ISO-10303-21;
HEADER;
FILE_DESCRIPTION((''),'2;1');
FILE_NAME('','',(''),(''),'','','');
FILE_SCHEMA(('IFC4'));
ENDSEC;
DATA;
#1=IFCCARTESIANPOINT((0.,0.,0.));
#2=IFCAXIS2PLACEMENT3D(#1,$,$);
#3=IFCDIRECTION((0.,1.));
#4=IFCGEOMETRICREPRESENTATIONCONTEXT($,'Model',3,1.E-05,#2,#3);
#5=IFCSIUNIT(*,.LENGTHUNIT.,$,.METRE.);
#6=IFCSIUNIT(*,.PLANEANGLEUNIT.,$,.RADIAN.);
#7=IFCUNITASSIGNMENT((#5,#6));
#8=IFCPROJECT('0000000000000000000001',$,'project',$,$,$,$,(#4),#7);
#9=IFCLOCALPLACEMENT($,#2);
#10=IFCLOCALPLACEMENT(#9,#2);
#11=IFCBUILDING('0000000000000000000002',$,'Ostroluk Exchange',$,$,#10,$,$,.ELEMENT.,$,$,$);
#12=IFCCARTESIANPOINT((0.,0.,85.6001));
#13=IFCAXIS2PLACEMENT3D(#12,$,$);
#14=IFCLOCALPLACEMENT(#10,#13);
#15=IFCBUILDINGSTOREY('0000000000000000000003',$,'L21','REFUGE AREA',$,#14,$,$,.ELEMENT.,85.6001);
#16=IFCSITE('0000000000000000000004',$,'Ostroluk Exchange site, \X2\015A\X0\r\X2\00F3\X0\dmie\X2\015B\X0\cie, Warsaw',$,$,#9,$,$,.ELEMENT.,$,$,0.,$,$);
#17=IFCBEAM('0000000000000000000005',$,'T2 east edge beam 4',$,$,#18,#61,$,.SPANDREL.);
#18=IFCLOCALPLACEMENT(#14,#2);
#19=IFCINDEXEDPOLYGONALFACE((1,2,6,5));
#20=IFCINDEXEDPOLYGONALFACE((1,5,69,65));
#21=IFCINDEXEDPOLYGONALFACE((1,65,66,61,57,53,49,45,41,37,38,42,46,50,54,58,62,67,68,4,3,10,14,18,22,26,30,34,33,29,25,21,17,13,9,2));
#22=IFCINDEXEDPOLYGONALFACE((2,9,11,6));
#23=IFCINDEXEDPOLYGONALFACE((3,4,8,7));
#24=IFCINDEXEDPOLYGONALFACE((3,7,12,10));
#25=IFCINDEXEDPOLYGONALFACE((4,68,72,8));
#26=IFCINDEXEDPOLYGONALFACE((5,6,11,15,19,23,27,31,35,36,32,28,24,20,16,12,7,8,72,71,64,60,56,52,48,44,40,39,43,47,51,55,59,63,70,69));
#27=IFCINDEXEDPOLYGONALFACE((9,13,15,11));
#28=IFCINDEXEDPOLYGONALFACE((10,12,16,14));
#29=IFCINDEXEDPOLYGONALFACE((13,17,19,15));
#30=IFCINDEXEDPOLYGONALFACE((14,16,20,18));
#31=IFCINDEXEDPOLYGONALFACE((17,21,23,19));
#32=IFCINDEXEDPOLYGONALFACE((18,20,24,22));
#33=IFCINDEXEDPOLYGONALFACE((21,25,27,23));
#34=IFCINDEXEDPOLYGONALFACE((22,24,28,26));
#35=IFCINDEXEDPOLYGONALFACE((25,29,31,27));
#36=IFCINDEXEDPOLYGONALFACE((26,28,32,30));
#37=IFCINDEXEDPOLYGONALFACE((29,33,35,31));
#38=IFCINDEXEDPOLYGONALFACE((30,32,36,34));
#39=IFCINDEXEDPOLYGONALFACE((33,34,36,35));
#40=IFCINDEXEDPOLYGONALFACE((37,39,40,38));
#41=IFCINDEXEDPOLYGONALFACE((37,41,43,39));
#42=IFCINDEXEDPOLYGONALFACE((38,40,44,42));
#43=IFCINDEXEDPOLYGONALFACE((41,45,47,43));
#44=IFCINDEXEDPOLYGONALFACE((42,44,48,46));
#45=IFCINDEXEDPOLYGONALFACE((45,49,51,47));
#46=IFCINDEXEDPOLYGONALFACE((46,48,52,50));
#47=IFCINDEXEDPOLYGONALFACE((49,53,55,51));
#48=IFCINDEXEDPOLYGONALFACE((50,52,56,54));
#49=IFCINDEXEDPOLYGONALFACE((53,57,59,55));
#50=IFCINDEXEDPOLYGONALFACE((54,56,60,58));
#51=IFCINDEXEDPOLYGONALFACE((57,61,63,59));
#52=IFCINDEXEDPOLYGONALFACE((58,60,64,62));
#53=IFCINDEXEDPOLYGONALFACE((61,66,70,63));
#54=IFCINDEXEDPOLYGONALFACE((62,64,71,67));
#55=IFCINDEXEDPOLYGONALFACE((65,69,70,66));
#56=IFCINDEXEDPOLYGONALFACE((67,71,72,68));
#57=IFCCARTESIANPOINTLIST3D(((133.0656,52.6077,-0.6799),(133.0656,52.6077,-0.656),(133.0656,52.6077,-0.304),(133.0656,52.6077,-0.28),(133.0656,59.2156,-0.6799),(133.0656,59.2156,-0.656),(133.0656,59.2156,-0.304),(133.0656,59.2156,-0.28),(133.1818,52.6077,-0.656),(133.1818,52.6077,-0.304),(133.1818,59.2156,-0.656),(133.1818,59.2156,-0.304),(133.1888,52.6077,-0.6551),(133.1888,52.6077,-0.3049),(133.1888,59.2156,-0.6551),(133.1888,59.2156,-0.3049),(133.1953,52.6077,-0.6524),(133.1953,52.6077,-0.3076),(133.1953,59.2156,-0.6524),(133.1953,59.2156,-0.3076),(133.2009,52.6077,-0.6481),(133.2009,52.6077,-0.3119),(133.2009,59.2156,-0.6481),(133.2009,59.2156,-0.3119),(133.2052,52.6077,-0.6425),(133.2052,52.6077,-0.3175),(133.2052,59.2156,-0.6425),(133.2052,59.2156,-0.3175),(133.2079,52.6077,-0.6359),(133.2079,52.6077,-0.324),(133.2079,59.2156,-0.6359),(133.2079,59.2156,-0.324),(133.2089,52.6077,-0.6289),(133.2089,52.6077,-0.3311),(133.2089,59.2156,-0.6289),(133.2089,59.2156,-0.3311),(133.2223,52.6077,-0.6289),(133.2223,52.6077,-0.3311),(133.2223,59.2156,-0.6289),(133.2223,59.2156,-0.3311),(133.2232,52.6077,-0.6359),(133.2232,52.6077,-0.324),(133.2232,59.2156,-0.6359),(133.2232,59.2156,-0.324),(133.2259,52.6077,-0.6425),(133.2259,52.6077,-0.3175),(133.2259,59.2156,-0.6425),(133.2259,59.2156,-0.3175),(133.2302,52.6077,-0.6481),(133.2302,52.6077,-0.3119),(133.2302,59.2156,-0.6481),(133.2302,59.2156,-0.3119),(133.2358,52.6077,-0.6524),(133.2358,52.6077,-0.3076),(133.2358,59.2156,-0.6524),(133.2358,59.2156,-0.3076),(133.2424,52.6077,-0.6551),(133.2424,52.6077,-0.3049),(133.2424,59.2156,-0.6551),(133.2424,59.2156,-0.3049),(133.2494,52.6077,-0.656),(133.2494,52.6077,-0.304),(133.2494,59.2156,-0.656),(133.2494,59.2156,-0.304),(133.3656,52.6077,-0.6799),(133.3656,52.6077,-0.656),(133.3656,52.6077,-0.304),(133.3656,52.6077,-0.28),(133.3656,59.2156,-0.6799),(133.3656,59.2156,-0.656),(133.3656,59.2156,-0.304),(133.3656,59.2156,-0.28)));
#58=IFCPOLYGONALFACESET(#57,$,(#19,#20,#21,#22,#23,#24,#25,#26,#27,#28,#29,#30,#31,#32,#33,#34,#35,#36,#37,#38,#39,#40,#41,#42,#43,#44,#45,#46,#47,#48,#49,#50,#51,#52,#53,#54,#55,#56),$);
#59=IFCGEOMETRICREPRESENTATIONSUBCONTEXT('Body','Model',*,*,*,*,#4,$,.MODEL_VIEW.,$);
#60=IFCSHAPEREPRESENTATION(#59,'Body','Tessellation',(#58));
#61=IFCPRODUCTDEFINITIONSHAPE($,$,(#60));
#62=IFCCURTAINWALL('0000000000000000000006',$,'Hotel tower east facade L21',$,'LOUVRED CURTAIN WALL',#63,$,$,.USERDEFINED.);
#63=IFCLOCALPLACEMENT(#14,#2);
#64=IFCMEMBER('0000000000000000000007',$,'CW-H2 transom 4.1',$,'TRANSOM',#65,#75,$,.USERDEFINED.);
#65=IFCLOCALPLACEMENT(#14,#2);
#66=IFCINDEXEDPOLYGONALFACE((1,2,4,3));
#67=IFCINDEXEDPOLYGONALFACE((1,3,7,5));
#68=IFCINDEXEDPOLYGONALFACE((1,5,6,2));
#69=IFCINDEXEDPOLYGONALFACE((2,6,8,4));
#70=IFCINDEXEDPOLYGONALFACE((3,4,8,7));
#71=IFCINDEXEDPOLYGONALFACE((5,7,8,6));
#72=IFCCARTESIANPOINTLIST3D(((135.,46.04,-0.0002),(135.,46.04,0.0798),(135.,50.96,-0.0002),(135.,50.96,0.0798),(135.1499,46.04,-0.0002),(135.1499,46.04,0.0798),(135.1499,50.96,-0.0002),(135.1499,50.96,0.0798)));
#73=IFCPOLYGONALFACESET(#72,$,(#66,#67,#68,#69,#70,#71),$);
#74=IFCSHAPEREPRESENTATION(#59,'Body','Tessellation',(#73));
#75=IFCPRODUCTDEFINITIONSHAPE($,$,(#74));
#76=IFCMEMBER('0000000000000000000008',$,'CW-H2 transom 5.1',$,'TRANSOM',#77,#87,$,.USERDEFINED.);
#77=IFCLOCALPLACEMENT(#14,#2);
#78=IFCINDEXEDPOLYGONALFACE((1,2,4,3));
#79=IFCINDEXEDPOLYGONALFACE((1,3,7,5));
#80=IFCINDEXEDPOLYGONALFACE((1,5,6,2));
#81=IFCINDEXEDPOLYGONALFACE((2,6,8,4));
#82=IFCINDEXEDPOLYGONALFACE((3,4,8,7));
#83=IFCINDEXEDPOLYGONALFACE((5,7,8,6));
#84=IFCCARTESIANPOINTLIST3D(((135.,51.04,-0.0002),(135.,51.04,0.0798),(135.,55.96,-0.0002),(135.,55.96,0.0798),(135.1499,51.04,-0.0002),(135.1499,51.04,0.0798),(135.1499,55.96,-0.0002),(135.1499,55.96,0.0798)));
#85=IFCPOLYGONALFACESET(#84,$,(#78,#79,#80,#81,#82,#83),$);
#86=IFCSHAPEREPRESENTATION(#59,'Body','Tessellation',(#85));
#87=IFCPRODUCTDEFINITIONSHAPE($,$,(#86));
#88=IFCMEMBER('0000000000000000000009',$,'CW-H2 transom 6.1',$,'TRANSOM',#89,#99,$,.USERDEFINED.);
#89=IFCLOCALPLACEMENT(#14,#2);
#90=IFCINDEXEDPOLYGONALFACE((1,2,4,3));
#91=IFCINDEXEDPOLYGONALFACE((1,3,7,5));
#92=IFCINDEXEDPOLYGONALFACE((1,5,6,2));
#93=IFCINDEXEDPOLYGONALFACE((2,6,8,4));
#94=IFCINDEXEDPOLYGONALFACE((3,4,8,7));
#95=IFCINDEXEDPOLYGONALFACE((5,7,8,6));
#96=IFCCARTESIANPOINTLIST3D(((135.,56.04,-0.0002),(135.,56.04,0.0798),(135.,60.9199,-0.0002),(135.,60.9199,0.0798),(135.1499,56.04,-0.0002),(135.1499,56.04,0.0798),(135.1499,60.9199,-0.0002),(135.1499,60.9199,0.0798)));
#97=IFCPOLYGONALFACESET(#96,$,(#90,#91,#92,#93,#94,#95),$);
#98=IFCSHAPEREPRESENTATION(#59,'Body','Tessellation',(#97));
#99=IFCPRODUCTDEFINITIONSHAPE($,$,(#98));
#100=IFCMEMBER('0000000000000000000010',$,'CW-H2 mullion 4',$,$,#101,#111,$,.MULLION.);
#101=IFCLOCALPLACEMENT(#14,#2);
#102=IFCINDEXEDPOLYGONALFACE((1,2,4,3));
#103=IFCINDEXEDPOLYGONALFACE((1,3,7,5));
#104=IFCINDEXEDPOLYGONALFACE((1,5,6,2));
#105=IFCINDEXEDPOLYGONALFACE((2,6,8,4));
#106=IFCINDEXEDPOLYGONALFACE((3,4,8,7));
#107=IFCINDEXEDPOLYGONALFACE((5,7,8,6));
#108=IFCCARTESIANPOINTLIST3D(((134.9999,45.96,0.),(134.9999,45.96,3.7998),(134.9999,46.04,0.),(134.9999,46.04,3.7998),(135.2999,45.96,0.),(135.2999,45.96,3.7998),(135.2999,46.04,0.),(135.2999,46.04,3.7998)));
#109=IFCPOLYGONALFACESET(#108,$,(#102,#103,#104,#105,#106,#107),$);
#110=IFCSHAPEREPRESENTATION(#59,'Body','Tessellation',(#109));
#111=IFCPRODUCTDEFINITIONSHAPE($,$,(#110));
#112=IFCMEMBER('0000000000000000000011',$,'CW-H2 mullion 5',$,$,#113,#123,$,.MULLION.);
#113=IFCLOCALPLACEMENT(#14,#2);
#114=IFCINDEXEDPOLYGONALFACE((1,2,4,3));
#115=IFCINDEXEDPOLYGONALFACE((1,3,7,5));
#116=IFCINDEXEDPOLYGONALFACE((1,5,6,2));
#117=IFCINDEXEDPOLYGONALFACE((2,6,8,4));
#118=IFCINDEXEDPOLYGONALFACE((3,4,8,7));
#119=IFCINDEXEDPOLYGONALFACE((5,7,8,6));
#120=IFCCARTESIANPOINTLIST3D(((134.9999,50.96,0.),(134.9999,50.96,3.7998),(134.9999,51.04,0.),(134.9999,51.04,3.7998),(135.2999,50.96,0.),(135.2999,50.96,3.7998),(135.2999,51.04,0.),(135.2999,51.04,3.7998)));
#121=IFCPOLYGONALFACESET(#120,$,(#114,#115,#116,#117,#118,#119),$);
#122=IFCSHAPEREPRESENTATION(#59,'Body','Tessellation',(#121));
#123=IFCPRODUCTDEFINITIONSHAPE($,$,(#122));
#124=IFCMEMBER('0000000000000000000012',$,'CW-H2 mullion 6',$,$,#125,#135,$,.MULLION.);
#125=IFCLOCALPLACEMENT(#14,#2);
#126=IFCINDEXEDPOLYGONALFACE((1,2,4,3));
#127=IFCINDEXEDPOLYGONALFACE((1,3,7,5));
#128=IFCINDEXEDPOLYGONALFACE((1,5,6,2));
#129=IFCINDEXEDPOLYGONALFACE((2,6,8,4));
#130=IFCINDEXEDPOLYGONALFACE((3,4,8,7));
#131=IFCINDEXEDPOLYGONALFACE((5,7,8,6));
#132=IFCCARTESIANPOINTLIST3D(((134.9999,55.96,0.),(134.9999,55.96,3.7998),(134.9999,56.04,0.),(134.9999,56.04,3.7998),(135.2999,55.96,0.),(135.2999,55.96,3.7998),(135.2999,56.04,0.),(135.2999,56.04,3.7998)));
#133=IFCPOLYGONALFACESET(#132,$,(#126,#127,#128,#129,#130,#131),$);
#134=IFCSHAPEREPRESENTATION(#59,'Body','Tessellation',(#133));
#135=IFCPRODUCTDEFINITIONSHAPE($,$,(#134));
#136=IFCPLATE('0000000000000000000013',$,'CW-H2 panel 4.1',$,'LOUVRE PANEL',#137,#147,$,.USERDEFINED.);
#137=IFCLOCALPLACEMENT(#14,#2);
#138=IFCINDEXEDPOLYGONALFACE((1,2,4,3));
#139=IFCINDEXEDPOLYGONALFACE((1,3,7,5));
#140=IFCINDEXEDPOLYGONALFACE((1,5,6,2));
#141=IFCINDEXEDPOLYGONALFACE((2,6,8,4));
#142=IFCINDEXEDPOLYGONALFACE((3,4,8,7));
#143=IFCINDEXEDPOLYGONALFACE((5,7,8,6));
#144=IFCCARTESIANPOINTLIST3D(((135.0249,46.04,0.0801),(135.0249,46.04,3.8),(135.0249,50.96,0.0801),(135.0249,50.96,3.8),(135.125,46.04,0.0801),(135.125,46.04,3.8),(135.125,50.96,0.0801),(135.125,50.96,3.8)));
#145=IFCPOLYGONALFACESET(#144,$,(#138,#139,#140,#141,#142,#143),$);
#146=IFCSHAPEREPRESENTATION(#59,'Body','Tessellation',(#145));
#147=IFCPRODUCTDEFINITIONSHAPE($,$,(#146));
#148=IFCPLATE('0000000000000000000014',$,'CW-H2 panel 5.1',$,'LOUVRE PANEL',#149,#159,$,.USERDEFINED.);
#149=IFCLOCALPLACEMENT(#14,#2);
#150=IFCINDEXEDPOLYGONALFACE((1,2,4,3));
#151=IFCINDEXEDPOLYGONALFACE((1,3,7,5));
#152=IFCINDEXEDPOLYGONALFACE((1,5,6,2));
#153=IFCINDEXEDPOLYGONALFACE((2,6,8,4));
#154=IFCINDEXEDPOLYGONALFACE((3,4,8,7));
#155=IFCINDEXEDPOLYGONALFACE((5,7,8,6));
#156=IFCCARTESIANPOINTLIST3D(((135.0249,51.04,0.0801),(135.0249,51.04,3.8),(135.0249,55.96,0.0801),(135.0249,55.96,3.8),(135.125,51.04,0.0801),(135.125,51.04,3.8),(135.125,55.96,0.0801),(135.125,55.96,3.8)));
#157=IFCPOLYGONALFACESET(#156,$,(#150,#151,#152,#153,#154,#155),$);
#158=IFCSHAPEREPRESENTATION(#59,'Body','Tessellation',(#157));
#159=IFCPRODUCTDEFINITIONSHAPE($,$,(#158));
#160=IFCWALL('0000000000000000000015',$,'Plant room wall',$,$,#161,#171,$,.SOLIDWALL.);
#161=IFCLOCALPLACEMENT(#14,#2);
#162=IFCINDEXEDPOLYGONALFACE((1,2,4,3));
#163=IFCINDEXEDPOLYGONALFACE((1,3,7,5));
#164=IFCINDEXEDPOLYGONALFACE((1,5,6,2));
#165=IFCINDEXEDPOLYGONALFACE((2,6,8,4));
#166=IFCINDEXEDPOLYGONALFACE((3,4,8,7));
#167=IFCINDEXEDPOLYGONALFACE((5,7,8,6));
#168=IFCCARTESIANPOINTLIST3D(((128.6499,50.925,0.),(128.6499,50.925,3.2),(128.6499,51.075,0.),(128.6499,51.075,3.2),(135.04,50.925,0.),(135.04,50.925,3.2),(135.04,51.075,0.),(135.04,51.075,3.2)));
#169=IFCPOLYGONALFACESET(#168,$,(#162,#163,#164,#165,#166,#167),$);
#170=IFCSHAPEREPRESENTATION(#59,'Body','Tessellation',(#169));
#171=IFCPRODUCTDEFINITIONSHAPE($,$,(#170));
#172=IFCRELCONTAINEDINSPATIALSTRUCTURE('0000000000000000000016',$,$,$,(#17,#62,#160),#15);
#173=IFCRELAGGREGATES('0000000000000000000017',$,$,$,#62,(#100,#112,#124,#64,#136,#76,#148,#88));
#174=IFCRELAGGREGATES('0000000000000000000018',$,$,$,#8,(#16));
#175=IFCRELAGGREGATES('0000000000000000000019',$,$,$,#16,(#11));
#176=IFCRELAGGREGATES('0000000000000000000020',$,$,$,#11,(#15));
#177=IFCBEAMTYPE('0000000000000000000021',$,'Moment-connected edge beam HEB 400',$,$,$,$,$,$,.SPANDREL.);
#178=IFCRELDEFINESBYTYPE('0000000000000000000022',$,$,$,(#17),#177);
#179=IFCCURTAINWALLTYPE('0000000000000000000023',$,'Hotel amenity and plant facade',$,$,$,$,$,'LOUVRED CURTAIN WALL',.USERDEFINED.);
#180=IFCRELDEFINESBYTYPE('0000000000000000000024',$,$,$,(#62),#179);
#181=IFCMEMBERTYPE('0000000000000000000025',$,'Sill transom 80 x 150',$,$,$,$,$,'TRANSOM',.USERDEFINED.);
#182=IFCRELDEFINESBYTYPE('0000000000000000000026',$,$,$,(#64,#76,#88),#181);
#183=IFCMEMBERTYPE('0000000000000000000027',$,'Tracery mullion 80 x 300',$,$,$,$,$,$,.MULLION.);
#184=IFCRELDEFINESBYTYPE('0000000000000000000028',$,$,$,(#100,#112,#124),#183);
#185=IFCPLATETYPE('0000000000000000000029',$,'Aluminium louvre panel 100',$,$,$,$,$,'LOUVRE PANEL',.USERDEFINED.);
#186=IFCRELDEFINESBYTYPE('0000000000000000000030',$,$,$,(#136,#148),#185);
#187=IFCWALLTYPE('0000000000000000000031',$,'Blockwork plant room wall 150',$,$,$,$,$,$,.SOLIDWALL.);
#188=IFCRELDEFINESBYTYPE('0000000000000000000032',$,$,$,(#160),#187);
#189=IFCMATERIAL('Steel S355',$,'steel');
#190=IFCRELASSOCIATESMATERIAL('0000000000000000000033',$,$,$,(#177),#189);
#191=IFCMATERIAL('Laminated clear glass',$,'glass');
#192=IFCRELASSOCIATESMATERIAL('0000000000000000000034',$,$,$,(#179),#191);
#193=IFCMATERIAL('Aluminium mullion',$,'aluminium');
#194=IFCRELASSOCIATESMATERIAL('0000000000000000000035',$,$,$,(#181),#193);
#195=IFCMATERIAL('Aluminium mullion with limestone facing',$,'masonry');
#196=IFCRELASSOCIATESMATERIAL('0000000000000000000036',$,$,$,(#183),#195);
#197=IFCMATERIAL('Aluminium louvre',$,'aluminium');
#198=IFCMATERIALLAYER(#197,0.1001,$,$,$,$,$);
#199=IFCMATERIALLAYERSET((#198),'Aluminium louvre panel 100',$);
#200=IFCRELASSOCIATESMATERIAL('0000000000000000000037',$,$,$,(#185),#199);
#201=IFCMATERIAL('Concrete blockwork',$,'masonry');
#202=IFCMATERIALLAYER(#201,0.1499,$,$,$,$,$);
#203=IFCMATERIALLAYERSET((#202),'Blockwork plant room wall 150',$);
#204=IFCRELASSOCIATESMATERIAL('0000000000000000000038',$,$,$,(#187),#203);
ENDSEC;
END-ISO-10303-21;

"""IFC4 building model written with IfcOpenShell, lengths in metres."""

from ifc_helpers import new_model, si_unit, direction, frame, frame_2d, origin, origin_2d, place, context, subcontext, project, spatial, rectangle, i_section, extrude, material, layer, layer_set, material_profile, profile_set, type_object, element, aggregate, save


model = new_model("IFC4")

# Units and contexts
model_context = context("Model", 3, precision=1e-05, world=origin(), true_north=direction((0.0, 1.0)))
body_context = subcontext(model_context, "Body", "Model", "MODEL_VIEW")
ifc_project = project(units=[si_unit("LENGTHUNIT", "METRE"), si_unit("PLANEANGLEUNIT", "RADIAN")], contexts=[model_context])

# Site, building, storey
site_placement = place(None, origin())
site = spatial("IfcSite", under=ifc_project, at=site_placement, Name="Ostroluk Exchange site, Śródmieście, Warsaw", CompositionType="ELEMENT", RefElevation=0.0)
building_placement = place(site_placement, origin())
building = spatial("IfcBuilding", under=site, at=building_placement, Name="Ostroluk Exchange", CompositionType="ELEMENT")
storey_placement = place(building_placement, frame((0.0, 0.0, 85.6001)))
storey = spatial("IfcBuildingStorey", under=building, at=storey_placement, Name="L21", Description="REFUGE AREA", CompositionType="ELEMENT", Elevation=85.6001)

# Beam
ifc_material_1 = material(Name="Steel S355", Category="steel")
ifc_material_profile_1 = material_profile(ifc_material_1, i_section(OverallWidth=0.3, OverallDepth=0.3999, WebThickness=0.0134, FlangeThickness=0.0239, FilletRadius=0.0271, at=origin_2d()), Name="HEB 400")
ifc_profile_set_1 = profile_set([ifc_material_profile_1], Name="Steel S355")
beam_type_1 = type_object("IfcBeamType", Name="Moment-connected edge beam HEB 400", PredefinedType="SPANDREL", material=ifc_profile_set_1)
beam_1_placement = place(storey_placement, frame((133.2156, 52.6077, -0.48), z_axis=(0.0, 1.0, 0.0), x_axis=(-1.0, 0.0, 0.0)))
element("IfcBeam", 1, at=beam_1_placement, inside=storey, type_object=beam_type_1, Name="T2 east edge beam 4", PredefinedType="SPANDREL", context=body_context, shape_type="SweptSolid", body=[
    extrude(i_section(OverallWidth=0.3, OverallDepth=0.3999, WebThickness=0.0134, FlangeThickness=0.0239, FilletRadius=0.0271, at=origin_2d()), origin(), (0.0, 0.0, 1.0), 6.6079),
])

# Curtain wall, members, plates
ifc_material_2 = material(Name="Laminated clear glass", Category="glass")
curtain_wall_type = type_object("IfcCurtainWallType", Name="Hotel amenity and plant facade", ElementType="LOUVRED CURTAIN WALL", PredefinedType="USERDEFINED", material=ifc_material_2)
curtain_wall_placement = place(storey_placement, origin())
curtain_wall = element("IfcCurtainWall", 2, at=curtain_wall_placement, inside=storey, type_object=curtain_wall_type, Name="Hotel tower east facade L21", ObjectType="LOUVRED CURTAIN WALL", PredefinedType="USERDEFINED")
ifc_material_3 = material(Name="Aluminium mullion", Category="aluminium")
ifc_material_profile_2 = material_profile(ifc_material_3, rectangle(XDim=0.1499, YDim=0.0801, at=origin_2d()), Name="Sill transom 80 x 150")
ifc_profile_set_2 = profile_set([ifc_material_profile_2], Name="Aluminium mullion")
member_type_1 = type_object("IfcMemberType", Name="Sill transom 80 x 150", ElementType="TRANSOM", PredefinedType="USERDEFINED", material=ifc_profile_set_2)
member_1_placement = place(storey_placement, frame((135.075, 46.04, 0.0398), z_axis=(0.0, 1.0, 0.0), x_axis=(-1.0, 0.0, 0.0)))
member_1 = element("IfcMember", 3, at=member_1_placement, type_object=member_type_1, Name="CW-H2 transom 4.1", ObjectType="TRANSOM", PredefinedType="USERDEFINED", context=body_context, shape_type="SweptSolid", body=[
    extrude(rectangle(XDim=0.1499, YDim=0.0801, at=origin_2d()), origin(), (0.0, 0.0, 1.0), 4.9199),
])
member_2_placement = place(storey_placement, frame((135.075, 51.04, 0.0398), z_axis=(0.0, 1.0, 0.0), x_axis=(-1.0, 0.0, 0.0)))
member_2 = element("IfcMember", 4, at=member_2_placement, type_object=member_type_1, Name="CW-H2 transom 5.1", ObjectType="TRANSOM", PredefinedType="USERDEFINED", context=body_context, shape_type="SweptSolid", body=[
    extrude(rectangle(XDim=0.1499, YDim=0.0801, at=origin_2d()), origin(), (0.0, 0.0, 1.0), 4.9199),
])
member_3_placement = place(storey_placement, frame((135.075, 56.04, 0.0398), z_axis=(0.0, 1.0, 0.0), x_axis=(-1.0, 0.0, 0.0)))
member_3 = element("IfcMember", 5, at=member_3_placement, type_object=member_type_1, Name="CW-H2 transom 6.1", ObjectType="TRANSOM", PredefinedType="USERDEFINED", context=body_context, shape_type="SweptSolid", body=[
    extrude(rectangle(XDim=0.1499, YDim=0.0801, at=origin_2d()), origin(), (0.0, 0.0, 1.0), 4.8799),
])
ifc_material_4 = material(Name="Aluminium mullion with limestone facing", Category="masonry")
ifc_material_profile_3 = material_profile(ifc_material_4, rectangle(XDim=0.3, YDim=0.0801, at=origin_2d()), Name="Tracery mullion 80 x 300")
ifc_profile_set_3 = profile_set([ifc_material_profile_3], Name="Aluminium mullion with limestone facing")
member_type_2 = type_object("IfcMemberType", Name="Tracery mullion 80 x 300", PredefinedType="MULLION", material=ifc_profile_set_3)
member_4_placement = place(storey_placement, frame((135.1499, 46.0, 0.0), z_axis=(0.0, 0.0, 1.0), x_axis=(-1.0, 0.0, 0.0)))
member_4 = element("IfcMember", 6, at=member_4_placement, type_object=member_type_2, Name="CW-H2 mullion 4", PredefinedType="MULLION", context=body_context, shape_type="SweptSolid", body=[
    extrude(rectangle(XDim=0.3, YDim=0.0801, at=origin_2d()), origin(), (0.0, 0.0, 1.0), 3.7998),
])
member_5_placement = place(storey_placement, frame((135.1499, 51.0, 0.0), z_axis=(0.0, 0.0, 1.0), x_axis=(-1.0, 0.0, 0.0)))
member_5 = element("IfcMember", 7, at=member_5_placement, type_object=member_type_2, Name="CW-H2 mullion 5", PredefinedType="MULLION", context=body_context, shape_type="SweptSolid", body=[
    extrude(rectangle(XDim=0.3, YDim=0.0801, at=origin_2d()), origin(), (0.0, 0.0, 1.0), 3.7998),
])
member_6_placement = place(storey_placement, frame((135.1499, 56.0, 0.0), z_axis=(0.0, 0.0, 1.0), x_axis=(-1.0, 0.0, 0.0)))
member_6 = element("IfcMember", 8, at=member_6_placement, type_object=member_type_2, Name="CW-H2 mullion 6", PredefinedType="MULLION", context=body_context, shape_type="SweptSolid", body=[
    extrude(rectangle(XDim=0.3, YDim=0.0801, at=origin_2d()), origin(), (0.0, 0.0, 1.0), 3.7998),
])
ifc_material_5 = material(Name="Aluminium louvre", Category="aluminium")
ifc_layer_1 = layer(ifc_material_5, 0.1001)
ifc_layer_set_1 = layer_set([ifc_layer_1], Name="Aluminium louvre panel 100")
plate_type = type_object("IfcPlateType", Name="Aluminium louvre panel 100", ElementType="LOUVRE PANEL", PredefinedType="USERDEFINED", material=ifc_layer_set_1)
plate_1_placement = place(storey_placement, frame((135.075, 48.5, 0.0801), z_axis=(0.0, 0.0, 1.0), x_axis=(0.0, 1.0, 0.0)))
plate_1 = element("IfcPlate", 9, at=plate_1_placement, type_object=plate_type, Name="CW-H2 panel 4.1", ObjectType="LOUVRE PANEL", PredefinedType="USERDEFINED", context=body_context, shape_type="SweptSolid", body=[
    extrude(rectangle(XDim=4.9199, YDim=0.1001, at=origin_2d()), origin(), (0.0, 0.0, 1.0), 3.72),
])
plate_2_placement = place(storey_placement, frame((135.075, 53.5, 0.0801), z_axis=(0.0, 0.0, 1.0), x_axis=(0.0, 1.0, 0.0)))
plate_2 = element("IfcPlate", 10, at=plate_2_placement, type_object=plate_type, Name="CW-H2 panel 5.1", ObjectType="LOUVRE PANEL", PredefinedType="USERDEFINED", context=body_context, shape_type="SweptSolid", body=[
    extrude(rectangle(XDim=4.9199, YDim=0.1001, at=origin_2d()), origin(), (0.0, 0.0, 1.0), 3.72),
])
aggregate(curtain_wall, [member_4, member_5, member_6, member_1, plate_1, member_2, plate_2, member_3])

# Wall
ifc_material_6 = material(Name="Concrete blockwork", Category="masonry")
ifc_layer_2 = layer(ifc_material_6, 0.1499)
ifc_layer_set_2 = layer_set([ifc_layer_2], Name="Blockwork plant room wall 150")
wall_type_1 = type_object("IfcWallType", Name="Blockwork plant room wall 150", PredefinedType="SOLIDWALL", material=ifc_layer_set_2)
wall_1_placement = place(storey_placement, frame((128.6499, 51.0, 0.0), z_axis=(0.0, 0.0, 1.0), x_axis=(1.0, 0.0, 0.0)))
element("IfcWall", 11, at=wall_1_placement, inside=storey, type_object=wall_type_1, Name="Plant room wall", PredefinedType="SOLIDWALL", context=body_context, shape_type="SweptSolid", body=[
    extrude(rectangle(XDim=6.3901, YDim=0.1499, at=frame_2d((3.1951, 0.0))), origin(), (0.0, 0.0, 1.0), 3.2),
])

save(model, "model.ifc")
